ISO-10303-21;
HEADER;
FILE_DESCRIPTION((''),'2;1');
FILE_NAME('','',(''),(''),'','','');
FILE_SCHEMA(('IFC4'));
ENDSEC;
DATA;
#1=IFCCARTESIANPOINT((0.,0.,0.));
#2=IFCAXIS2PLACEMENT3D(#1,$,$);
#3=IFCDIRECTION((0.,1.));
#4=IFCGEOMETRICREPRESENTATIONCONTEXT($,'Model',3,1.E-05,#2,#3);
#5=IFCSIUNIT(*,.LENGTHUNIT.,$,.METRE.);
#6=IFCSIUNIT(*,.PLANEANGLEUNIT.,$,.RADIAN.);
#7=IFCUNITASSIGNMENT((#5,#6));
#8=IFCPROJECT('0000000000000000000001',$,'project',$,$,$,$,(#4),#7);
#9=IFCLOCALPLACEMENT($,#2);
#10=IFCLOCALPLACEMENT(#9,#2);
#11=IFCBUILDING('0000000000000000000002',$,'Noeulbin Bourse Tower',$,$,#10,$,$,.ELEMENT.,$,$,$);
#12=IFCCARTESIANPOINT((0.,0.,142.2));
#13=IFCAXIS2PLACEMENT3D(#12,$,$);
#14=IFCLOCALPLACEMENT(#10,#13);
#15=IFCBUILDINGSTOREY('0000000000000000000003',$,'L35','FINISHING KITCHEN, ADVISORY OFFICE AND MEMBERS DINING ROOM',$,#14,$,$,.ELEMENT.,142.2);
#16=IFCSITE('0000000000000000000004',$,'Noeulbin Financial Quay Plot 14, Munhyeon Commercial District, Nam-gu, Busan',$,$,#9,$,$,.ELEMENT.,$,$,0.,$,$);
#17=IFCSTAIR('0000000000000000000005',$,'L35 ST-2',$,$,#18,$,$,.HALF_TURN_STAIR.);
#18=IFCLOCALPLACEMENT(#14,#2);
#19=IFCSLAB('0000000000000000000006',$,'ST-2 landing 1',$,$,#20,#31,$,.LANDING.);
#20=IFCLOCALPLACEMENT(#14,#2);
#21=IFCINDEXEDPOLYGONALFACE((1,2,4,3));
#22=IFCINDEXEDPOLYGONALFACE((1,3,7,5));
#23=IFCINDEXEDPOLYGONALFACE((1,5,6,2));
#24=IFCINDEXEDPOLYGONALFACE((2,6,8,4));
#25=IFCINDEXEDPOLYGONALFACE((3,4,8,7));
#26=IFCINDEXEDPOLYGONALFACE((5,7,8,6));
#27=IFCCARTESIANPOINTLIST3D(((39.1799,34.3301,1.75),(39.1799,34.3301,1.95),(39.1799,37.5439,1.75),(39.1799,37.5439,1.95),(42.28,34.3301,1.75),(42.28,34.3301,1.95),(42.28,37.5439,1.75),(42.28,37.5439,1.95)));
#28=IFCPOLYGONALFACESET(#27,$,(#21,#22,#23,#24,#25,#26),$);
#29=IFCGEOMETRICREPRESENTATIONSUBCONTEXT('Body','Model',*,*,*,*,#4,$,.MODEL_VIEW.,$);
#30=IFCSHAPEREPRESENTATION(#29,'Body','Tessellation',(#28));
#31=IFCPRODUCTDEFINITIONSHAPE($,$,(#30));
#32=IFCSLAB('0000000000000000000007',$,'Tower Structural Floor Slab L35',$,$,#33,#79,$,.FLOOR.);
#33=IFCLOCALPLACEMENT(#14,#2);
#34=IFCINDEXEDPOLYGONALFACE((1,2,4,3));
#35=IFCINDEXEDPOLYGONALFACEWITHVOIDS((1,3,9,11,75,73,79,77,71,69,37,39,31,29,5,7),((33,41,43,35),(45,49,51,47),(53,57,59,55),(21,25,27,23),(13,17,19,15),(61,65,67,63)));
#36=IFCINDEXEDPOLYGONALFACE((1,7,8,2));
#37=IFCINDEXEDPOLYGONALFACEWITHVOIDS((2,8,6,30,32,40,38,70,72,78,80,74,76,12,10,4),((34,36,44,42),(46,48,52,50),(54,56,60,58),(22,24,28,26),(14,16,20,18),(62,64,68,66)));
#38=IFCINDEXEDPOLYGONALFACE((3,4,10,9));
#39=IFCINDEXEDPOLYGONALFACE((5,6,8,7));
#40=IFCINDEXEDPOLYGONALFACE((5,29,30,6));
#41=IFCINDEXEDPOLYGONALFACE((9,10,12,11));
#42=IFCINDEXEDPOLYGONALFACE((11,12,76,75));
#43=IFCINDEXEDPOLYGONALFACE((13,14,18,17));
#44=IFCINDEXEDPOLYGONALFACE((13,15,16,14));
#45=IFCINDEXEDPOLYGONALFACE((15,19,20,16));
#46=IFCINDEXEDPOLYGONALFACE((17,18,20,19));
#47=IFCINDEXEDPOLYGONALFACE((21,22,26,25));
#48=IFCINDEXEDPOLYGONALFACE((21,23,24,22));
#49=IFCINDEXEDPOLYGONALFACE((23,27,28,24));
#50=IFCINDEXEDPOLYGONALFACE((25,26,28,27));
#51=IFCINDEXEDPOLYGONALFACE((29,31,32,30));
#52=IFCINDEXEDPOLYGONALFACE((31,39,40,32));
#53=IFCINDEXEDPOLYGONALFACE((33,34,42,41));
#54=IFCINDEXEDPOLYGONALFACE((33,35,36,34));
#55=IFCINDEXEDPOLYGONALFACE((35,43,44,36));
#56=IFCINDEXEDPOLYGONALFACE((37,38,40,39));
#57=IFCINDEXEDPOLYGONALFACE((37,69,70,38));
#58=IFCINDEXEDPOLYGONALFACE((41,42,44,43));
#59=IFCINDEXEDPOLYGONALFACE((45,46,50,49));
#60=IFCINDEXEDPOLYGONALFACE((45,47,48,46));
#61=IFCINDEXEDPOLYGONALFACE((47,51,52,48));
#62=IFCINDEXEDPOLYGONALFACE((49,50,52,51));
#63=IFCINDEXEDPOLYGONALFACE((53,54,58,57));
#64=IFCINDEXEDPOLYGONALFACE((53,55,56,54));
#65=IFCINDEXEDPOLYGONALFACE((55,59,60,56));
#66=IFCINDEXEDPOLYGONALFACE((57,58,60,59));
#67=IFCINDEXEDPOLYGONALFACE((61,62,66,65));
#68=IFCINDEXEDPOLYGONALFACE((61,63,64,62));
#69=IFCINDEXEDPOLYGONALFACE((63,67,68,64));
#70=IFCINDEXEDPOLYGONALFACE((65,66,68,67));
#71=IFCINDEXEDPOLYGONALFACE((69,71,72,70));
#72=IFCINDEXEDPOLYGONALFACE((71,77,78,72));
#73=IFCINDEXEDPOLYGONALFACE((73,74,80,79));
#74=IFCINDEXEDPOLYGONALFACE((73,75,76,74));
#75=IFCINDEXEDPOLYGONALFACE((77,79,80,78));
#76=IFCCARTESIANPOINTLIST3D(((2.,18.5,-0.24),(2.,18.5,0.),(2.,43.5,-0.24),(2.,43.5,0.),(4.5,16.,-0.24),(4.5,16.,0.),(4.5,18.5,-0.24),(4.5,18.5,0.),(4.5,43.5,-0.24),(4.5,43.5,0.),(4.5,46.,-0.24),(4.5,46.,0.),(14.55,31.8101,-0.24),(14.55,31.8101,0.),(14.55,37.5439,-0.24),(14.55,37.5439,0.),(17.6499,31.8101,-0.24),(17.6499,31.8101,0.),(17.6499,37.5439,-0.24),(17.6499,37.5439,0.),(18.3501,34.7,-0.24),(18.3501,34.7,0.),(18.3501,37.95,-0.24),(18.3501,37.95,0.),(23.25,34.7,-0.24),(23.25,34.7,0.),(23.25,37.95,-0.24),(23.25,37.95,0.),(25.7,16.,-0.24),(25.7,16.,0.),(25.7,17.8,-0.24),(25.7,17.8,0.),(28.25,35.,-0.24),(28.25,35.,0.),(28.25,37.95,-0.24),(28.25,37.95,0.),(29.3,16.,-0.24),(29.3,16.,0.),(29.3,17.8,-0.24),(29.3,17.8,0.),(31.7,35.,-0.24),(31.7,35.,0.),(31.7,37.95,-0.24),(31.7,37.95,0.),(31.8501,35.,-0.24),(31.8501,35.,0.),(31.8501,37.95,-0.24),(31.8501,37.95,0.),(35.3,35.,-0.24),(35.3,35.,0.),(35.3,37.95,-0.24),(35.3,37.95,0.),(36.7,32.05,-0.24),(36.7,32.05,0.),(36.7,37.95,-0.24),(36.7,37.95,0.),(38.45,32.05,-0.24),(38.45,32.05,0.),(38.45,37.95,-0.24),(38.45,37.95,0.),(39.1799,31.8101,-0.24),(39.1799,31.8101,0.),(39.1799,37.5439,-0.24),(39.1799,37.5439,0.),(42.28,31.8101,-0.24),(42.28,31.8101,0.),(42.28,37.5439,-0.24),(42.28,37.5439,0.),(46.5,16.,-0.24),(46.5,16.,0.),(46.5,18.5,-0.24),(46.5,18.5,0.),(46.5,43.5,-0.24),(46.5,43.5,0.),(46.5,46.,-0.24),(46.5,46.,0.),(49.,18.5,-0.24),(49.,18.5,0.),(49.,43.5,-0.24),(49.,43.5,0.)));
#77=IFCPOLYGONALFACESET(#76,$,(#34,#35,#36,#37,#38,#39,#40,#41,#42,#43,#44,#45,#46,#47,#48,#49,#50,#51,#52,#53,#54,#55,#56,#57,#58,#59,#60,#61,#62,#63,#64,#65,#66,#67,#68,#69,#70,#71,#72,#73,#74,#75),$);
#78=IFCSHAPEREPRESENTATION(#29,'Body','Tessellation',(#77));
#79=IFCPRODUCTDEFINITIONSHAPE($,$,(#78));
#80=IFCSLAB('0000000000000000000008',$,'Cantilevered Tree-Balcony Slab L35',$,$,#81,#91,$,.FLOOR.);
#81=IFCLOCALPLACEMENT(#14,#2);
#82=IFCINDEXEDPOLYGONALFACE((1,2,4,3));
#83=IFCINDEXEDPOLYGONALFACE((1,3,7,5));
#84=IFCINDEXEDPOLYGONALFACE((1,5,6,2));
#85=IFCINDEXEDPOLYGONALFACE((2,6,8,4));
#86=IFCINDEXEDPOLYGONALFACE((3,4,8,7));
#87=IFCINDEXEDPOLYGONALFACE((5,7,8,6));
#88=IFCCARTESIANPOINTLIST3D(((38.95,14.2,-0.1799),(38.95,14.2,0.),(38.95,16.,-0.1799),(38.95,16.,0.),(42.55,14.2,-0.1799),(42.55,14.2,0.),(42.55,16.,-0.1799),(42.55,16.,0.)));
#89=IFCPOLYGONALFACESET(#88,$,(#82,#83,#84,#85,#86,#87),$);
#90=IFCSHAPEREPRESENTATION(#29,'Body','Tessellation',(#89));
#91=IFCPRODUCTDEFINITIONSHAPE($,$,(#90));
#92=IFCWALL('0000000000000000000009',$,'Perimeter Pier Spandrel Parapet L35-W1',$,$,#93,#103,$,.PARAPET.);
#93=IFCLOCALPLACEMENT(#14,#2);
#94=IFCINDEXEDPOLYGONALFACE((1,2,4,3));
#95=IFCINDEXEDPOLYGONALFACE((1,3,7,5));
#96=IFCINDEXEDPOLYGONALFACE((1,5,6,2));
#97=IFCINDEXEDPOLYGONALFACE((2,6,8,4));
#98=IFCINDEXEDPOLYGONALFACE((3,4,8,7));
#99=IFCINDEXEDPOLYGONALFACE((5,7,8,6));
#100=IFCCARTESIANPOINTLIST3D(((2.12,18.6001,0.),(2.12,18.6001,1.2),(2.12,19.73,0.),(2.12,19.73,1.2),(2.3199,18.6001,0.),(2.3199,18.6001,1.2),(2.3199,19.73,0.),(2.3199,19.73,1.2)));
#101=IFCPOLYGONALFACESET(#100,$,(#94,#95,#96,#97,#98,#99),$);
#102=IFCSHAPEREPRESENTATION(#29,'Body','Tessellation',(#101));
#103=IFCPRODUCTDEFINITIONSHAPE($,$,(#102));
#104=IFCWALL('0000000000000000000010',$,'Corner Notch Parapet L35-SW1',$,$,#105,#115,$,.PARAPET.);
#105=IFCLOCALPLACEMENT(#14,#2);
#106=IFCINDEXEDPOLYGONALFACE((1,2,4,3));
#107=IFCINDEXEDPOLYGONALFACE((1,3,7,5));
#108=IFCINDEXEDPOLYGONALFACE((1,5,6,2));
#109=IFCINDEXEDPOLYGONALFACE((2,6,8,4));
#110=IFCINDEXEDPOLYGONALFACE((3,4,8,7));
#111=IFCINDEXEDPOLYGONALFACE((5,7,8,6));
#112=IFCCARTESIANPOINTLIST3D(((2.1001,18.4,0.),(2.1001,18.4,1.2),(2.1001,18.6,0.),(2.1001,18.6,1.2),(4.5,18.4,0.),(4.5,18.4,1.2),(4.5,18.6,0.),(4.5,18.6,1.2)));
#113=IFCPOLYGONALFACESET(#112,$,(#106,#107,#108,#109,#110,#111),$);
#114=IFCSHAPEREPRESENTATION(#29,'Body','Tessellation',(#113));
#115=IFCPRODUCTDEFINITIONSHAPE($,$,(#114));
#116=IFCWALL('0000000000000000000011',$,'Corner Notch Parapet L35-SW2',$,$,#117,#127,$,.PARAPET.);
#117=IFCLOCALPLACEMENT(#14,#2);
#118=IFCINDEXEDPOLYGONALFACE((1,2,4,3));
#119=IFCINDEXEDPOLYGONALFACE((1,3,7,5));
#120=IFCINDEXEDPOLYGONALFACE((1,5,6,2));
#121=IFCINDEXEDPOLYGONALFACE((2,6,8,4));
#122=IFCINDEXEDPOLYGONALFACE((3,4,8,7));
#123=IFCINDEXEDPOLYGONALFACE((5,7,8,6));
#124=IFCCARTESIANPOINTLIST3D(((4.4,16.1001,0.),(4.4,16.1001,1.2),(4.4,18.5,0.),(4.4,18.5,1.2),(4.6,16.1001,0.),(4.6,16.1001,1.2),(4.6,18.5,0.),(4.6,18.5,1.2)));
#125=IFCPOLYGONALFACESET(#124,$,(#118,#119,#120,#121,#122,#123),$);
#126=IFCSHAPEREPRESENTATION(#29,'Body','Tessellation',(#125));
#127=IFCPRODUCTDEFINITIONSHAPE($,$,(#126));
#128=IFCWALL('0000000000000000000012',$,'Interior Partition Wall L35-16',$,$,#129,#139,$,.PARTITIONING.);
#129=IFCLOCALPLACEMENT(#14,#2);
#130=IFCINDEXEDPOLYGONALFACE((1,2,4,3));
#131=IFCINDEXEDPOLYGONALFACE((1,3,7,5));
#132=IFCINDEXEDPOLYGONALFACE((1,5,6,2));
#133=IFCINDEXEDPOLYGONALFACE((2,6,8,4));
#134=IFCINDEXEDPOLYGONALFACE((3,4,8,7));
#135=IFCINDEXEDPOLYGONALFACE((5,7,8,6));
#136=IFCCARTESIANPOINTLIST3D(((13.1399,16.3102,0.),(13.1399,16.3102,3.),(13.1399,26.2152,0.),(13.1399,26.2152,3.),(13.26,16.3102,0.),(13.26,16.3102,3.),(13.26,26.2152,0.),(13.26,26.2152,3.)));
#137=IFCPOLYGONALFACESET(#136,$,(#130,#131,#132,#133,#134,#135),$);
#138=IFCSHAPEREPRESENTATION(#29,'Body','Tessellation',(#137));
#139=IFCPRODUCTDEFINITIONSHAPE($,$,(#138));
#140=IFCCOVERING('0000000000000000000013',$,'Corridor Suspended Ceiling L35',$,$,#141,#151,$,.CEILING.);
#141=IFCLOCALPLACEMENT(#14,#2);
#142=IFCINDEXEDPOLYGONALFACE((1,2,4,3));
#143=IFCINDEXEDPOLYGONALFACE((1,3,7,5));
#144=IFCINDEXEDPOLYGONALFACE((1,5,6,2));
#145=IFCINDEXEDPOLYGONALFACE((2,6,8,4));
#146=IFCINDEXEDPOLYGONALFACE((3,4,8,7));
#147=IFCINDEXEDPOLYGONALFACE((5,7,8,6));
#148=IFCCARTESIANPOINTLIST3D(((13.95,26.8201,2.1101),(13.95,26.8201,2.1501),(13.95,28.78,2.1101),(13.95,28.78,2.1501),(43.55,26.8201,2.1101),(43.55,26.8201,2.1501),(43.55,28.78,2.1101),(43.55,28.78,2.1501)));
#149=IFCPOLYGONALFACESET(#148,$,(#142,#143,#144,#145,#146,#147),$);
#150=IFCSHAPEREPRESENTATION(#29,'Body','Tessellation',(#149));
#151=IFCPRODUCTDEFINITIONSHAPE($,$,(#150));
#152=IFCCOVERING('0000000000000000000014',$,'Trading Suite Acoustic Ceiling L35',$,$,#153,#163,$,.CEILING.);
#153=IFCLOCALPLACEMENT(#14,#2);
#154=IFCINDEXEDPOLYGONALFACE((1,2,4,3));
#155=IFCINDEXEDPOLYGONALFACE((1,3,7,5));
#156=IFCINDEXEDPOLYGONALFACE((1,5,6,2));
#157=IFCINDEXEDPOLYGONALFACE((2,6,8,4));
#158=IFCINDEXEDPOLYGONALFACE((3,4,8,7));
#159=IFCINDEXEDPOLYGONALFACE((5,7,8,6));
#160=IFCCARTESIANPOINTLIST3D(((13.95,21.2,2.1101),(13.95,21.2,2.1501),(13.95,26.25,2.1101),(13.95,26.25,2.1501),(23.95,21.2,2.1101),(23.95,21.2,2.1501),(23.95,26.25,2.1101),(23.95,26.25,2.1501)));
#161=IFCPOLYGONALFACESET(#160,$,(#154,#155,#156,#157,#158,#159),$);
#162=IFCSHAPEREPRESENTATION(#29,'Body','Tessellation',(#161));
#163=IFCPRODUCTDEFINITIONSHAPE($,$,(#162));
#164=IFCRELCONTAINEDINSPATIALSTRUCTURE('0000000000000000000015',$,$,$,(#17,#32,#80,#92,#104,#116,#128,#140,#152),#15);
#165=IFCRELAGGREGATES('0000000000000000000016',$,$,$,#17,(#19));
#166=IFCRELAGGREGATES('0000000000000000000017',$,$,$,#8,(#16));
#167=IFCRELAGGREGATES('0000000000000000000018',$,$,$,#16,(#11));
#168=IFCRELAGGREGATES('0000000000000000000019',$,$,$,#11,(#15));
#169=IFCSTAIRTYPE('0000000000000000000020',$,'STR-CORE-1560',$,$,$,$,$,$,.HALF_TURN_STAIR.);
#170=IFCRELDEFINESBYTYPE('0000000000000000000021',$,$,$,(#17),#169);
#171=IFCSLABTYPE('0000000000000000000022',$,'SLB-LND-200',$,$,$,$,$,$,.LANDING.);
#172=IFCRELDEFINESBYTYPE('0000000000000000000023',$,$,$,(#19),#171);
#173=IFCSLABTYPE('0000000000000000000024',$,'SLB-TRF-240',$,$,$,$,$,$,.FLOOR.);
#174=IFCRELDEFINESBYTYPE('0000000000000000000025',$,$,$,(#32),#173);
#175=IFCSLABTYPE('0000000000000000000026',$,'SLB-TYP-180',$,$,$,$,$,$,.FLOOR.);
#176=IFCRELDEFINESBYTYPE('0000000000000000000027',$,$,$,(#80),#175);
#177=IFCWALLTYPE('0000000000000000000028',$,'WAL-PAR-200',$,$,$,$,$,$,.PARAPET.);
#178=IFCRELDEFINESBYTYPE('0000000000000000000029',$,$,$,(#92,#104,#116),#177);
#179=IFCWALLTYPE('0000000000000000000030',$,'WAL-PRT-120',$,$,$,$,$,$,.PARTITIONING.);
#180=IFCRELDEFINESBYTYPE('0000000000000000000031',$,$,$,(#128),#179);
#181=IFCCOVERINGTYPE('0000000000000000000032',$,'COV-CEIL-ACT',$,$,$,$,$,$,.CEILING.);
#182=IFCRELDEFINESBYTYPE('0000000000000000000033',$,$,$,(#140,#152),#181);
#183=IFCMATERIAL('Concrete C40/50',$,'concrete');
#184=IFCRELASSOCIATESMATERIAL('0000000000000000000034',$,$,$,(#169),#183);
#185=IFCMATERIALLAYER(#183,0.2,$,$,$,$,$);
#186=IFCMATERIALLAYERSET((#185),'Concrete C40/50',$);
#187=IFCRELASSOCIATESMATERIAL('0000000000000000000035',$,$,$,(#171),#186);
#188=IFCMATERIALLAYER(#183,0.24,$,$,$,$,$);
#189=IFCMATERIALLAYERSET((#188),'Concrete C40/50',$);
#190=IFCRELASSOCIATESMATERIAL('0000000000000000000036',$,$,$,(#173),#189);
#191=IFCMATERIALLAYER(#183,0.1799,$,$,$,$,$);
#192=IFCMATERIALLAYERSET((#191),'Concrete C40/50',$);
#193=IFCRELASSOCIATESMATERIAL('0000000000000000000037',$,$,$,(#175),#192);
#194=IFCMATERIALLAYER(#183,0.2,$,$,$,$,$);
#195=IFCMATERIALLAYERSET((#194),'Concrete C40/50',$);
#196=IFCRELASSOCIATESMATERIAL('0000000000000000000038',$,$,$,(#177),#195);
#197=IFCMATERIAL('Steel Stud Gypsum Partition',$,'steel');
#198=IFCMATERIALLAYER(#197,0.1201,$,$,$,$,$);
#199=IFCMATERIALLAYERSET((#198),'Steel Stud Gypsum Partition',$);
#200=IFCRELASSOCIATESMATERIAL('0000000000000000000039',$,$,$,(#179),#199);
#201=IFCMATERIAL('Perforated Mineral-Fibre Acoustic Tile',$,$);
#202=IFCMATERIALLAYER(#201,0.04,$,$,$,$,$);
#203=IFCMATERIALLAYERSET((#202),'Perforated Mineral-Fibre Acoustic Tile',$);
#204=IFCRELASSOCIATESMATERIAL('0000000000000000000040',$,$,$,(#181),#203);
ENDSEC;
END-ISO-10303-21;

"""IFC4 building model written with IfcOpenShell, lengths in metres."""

from ifc_helpers import new_model, si_unit, direction, frame, frame_2d, origin, place, context, subcontext, project, spatial, polyline, rectangle, outline, extrude, material, layer, layer_set, type_object, element, aggregate, save


model = new_model("IFC4")

# Units and contexts
model_context = context("Model", 3, precision=1e-05, world=origin(), true_north=direction((0.0, 1.0)))
body_context = subcontext(model_context, "Body", "Model", "MODEL_VIEW")
ifc_project = project(units=[si_unit("LENGTHUNIT", "METRE"), si_unit("PLANEANGLEUNIT", "RADIAN")], contexts=[model_context])

# Site, building, storey
site_placement = place(None, origin())
site = spatial("IfcSite", under=ifc_project, at=site_placement, Name="Noeulbin Financial Quay Plot 14, Munhyeon Commercial District, Nam-gu, Busan", CompositionType="ELEMENT", RefElevation=0.0)
building_placement = place(site_placement, origin())
building = spatial("IfcBuilding", under=site, at=building_placement, Name="Noeulbin Bourse Tower", CompositionType="ELEMENT")
storey_placement = place(building_placement, frame((0.0, 0.0, 142.2)))
storey = spatial("IfcBuildingStorey", under=building, at=storey_placement, Name="L35", Description="FINISHING KITCHEN, ADVISORY OFFICE AND MEMBERS DINING ROOM", CompositionType="ELEMENT", Elevation=142.2)

# Stair, slab
ifc_material_1 = material(Name="Concrete C40/50", Category="concrete")
stair_type = type_object("IfcStairType", Name="STR-CORE-1560", PredefinedType="HALF_TURN_STAIR", material=ifc_material_1)
ifc_layer_1 = layer(ifc_material_1, 0.2)
ifc_layer_set_1 = layer_set([ifc_layer_1], Name="Concrete C40/50")
slab_type_1 = type_object("IfcSlabType", Name="SLB-LND-200", PredefinedType="LANDING", material=ifc_layer_set_1)
stair_1_placement = place(storey_placement, origin())
stair_1 = element("IfcStair", 1, at=stair_1_placement, inside=storey, type_object=stair_type, Name="L35 ST-2", PredefinedType="HALF_TURN_STAIR")
slab_1_placement = place(storey_placement, frame((0.0, 0.0, 1.75)))
slab_1 = element("IfcSlab", 2, at=slab_1_placement, type_object=slab_type_1, Name="ST-2 landing 1", PredefinedType="LANDING", context=body_context, shape_type="SweptSolid", body=[
    extrude(outline(polyline([(42.28, 34.3301), (42.28, 37.5439), (39.1799, 37.5439), (39.1799, 34.3301), (42.28, 34.3301)])), origin(), (0.0, 0.0, 1.0), 0.2),
])
aggregate(stair_1, [slab_1])

# Slab, openings
ifc_layer_2 = layer(ifc_material_1, 0.24)
ifc_layer_set_2 = layer_set([ifc_layer_2], Name="Concrete C40/50")
slab_type_2 = type_object("IfcSlabType", Name="SLB-TRF-240", PredefinedType="FLOOR", material=ifc_layer_set_2)
slab_2_placement = place(storey_placement, frame((0.0, 0.0, -0.24)))
slab_2 = element("IfcSlab", 3, at=slab_2_placement, inside=storey, type_object=slab_type_2, Name="Tower Structural Floor Slab L35", PredefinedType="FLOOR", context=body_context, shape_type="SweptSolid", body=[
    extrude(outline(polyline([(4.5, 16.0), (25.7, 16.0), (25.7, 17.8), (29.3, 17.8), (29.3, 16.0), (46.5, 16.0), (46.5, 18.5), (49.0, 18.5), (49.0, 43.5), (46.5, 43.5), (46.5, 46.0), (4.5, 46.0), (4.5, 43.5), (2.0, 43.5), (2.0, 18.5), (4.5, 18.5), (4.5, 16.0)]), holes=[polyline([(17.6499, 31.8101), (17.6499, 37.5439), (14.55, 37.5439), (14.55, 31.8101), (17.6499, 31.8101)]), polyline([(42.28, 31.8101), (42.28, 37.5439), (39.1799, 37.5439), (39.1799, 31.8101), (42.28, 31.8101)]), polyline([(18.3501, 34.7), (23.25, 34.7), (23.25, 37.95), (18.3501, 37.95), (18.3501, 34.7)]), polyline([(36.7, 32.05), (38.45, 32.05), (38.45, 37.95), (36.7, 37.95), (36.7, 32.05)]), polyline([(28.25, 35.0), (31.7, 35.0), (31.7, 37.95), (28.25, 37.95), (28.25, 35.0)]), polyline([(31.8501, 35.0), (35.3, 35.0), (35.3, 37.95), (31.8501, 37.95), (31.8501, 35.0)])]), origin(), (0.0, 0.0, 1.0), 0.24),
])
opening_1_placement = place(slab_2_placement, frame((0.0, 0.0, -0.01)))
element("IfcOpeningElement", 4, at=opening_1_placement, cuts=slab_2, PredefinedType="OPENING", context=body_context, shape_type="SweptSolid", body=[
    extrude(outline(polyline([(17.6499, 31.8101), (17.6499, 37.5439), (14.55, 37.5439), (14.55, 31.8101), (17.6499, 31.8101)])), origin(), (0.0, 0.0, 1.0), 0.26),
])
opening_2_placement = place(slab_2_placement, frame((0.0, 0.0, -0.01)))
element("IfcOpeningElement", 5, at=opening_2_placement, cuts=slab_2, PredefinedType="OPENING", context=body_context, shape_type="SweptSolid", body=[
    extrude(outline(polyline([(42.28, 31.8101), (42.28, 37.5439), (39.1799, 37.5439), (39.1799, 31.8101), (42.28, 31.8101)])), origin(), (0.0, 0.0, 1.0), 0.26),
])
opening_3_placement = place(slab_2_placement, frame((0.0, 0.0, -0.01)))
element("IfcOpeningElement", 6, at=opening_3_placement, cuts=slab_2, PredefinedType="OPENING", context=body_context, shape_type="SweptSolid", body=[
    extrude(outline(polyline([(18.3501, 34.7), (23.25, 34.7), (23.25, 37.95), (18.3501, 37.95), (18.3501, 34.7)])), origin(), (0.0, 0.0, 1.0), 0.26),
])
opening_4_placement = place(slab_2_placement, frame((0.0, 0.0, -0.01)))
element("IfcOpeningElement", 7, at=opening_4_placement, cuts=slab_2, PredefinedType="OPENING", context=body_context, shape_type="SweptSolid", body=[
    extrude(outline(polyline([(36.7, 32.05), (38.45, 32.05), (38.45, 37.95), (36.7, 37.95), (36.7, 32.05)])), origin(), (0.0, 0.0, 1.0), 0.26),
])
opening_5_placement = place(slab_2_placement, frame((0.0, 0.0, -0.01)))
element("IfcOpeningElement", 8, at=opening_5_placement, cuts=slab_2, PredefinedType="OPENING", context=body_context, shape_type="SweptSolid", body=[
    extrude(outline(polyline([(28.25, 35.0), (31.7, 35.0), (31.7, 37.95), (28.25, 37.95), (28.25, 35.0)])), origin(), (0.0, 0.0, 1.0), 0.26),
])
opening_6_placement = place(slab_2_placement, frame((0.0, 0.0, -0.01)))
element("IfcOpeningElement", 9, at=opening_6_placement, cuts=slab_2, PredefinedType="OPENING", context=body_context, shape_type="SweptSolid", body=[
    extrude(outline(polyline([(31.8501, 35.0), (35.3, 35.0), (35.3, 37.95), (31.8501, 37.95), (31.8501, 35.0)])), origin(), (0.0, 0.0, 1.0), 0.26),
])

# Slab
ifc_layer_3 = layer(ifc_material_1, 0.1799)
ifc_layer_set_3 = layer_set([ifc_layer_3], Name="Concrete C40/50")
slab_type_3 = type_object("IfcSlabType", Name="SLB-TYP-180", PredefinedType="FLOOR", material=ifc_layer_set_3)
slab_3_placement = place(storey_placement, frame((0.0, 0.0, -0.1799)))
element("IfcSlab", 10, at=slab_3_placement, inside=storey, type_object=slab_type_3, Name="Cantilevered Tree-Balcony Slab L35", PredefinedType="FLOOR", context=body_context, shape_type="SweptSolid", body=[
    extrude(outline(polyline([(38.95, 14.2), (42.55, 14.2), (42.55, 16.0), (38.95, 16.0), (38.95, 14.2)])), origin(), (0.0, 0.0, 1.0), 0.1799),
])

# Walls
ifc_layer_4 = layer(ifc_material_1, 0.2)
ifc_layer_set_4 = layer_set([ifc_layer_4], Name="Concrete C40/50")
wall_type_1 = type_object("IfcWallType", Name="WAL-PAR-200", PredefinedType="PARAPET", material=ifc_layer_set_4)
wall_1_placement = place(storey_placement, frame((2.22, 18.6001, 0.0), z_axis=(0.0, 0.0, 1.0), x_axis=(0.0, 1.0, 0.0)))
element("IfcWall", 11, at=wall_1_placement, inside=storey, type_object=wall_type_1, Name="Perimeter Pier Spandrel Parapet L35-W1", PredefinedType="PARAPET", context=body_context, shape_type="SweptSolid", body=[
    extrude(rectangle(XDim=1.1299, YDim=0.2, at=frame_2d((0.5649, 0.0))), origin(), (0.0, 0.0, 1.0), 1.2),
])
for number, where, z_axis, x_axis, name in (
    (12, (2.1001, 18.5, 0.0), (0.0, 0.0, 1.0), (1.0, 0.0, 0.0), "Corner Notch Parapet L35-SW1"),
    (13, (4.5, 18.5, 0.0), (0.0, 0.0, 1.0), (0.0, -1.0, 0.0), "Corner Notch Parapet L35-SW2"),
):
    element("IfcWall", number, at=place(storey_placement, frame(where, z_axis=z_axis, x_axis=x_axis)), inside=storey, type_object=wall_type_1, Name=name, PredefinedType="PARAPET", context=body_context, shape_type="SweptSolid", body=[
        extrude(rectangle(XDim=2.3999, YDim=0.2, at=frame_2d((1.2, 0.0))), origin(), (0.0, 0.0, 1.0), 1.2),
    ])
ifc_material_2 = material(Name="Steel Stud Gypsum Partition", Category="steel")
ifc_layer_5 = layer(ifc_material_2, 0.1201)
ifc_layer_set_5 = layer_set([ifc_layer_5], Name="Steel Stud Gypsum Partition")
wall_type_2 = type_object("IfcWallType", Name="WAL-PRT-120", PredefinedType="PARTITIONING", material=ifc_layer_set_5)
wall_2_placement = place(storey_placement, frame((13.2, 16.3101, 0.0), z_axis=(0.0, 0.0, 1.0), x_axis=(0.0, 1.0, 0.0)))
element("IfcWall", 14, at=wall_2_placement, inside=storey, type_object=wall_type_2, Name="Interior Partition Wall L35-16", PredefinedType="PARTITIONING", context=body_context, shape_type="SweptSolid", body=[
    extrude(rectangle(XDim=9.905, YDim=0.1201, at=frame_2d((4.9526, 0.0))), origin(), (0.0, 0.0, 1.0), 3.0),
])

# Coverings
ifc_material_3 = material(Name="Perforated Mineral-Fibre Acoustic Tile")
ifc_layer_6 = layer(ifc_material_3, 0.04)
ifc_layer_set_6 = layer_set([ifc_layer_6], Name="Perforated Mineral-Fibre Acoustic Tile")
covering_type = type_object("IfcCoveringType", Name="COV-CEIL-ACT", PredefinedType="CEILING", material=ifc_layer_set_6)
covering_1_placement = place(storey_placement, frame((0.0, 0.0, 2.1101)))
element("IfcCovering", 15, at=covering_1_placement, inside=storey, type_object=covering_type, Name="Corridor Suspended Ceiling L35", PredefinedType="CEILING", context=body_context, shape_type="SweptSolid", body=[
    extrude(outline(polyline([(13.95, 26.8201), (43.55, 26.8201), (43.55, 28.78), (13.95, 28.78), (13.95, 26.8201)])), origin(), (0.0, 0.0, 1.0), 0.04),
])
covering_2_placement = place(storey_placement, frame((0.0, 0.0, 2.1101)))
element("IfcCovering", 16, at=covering_2_placement, inside=storey, type_object=covering_type, Name="Trading Suite Acoustic Ceiling L35", PredefinedType="CEILING", context=body_context, shape_type="SweptSolid", body=[
    extrude(outline(polyline([(13.95, 21.2), (23.95, 21.2), (23.95, 26.25), (13.95, 26.25), (13.95, 21.2)])), origin(), (0.0, 0.0, 1.0), 0.04),
])

save(model, "model.ifc")
